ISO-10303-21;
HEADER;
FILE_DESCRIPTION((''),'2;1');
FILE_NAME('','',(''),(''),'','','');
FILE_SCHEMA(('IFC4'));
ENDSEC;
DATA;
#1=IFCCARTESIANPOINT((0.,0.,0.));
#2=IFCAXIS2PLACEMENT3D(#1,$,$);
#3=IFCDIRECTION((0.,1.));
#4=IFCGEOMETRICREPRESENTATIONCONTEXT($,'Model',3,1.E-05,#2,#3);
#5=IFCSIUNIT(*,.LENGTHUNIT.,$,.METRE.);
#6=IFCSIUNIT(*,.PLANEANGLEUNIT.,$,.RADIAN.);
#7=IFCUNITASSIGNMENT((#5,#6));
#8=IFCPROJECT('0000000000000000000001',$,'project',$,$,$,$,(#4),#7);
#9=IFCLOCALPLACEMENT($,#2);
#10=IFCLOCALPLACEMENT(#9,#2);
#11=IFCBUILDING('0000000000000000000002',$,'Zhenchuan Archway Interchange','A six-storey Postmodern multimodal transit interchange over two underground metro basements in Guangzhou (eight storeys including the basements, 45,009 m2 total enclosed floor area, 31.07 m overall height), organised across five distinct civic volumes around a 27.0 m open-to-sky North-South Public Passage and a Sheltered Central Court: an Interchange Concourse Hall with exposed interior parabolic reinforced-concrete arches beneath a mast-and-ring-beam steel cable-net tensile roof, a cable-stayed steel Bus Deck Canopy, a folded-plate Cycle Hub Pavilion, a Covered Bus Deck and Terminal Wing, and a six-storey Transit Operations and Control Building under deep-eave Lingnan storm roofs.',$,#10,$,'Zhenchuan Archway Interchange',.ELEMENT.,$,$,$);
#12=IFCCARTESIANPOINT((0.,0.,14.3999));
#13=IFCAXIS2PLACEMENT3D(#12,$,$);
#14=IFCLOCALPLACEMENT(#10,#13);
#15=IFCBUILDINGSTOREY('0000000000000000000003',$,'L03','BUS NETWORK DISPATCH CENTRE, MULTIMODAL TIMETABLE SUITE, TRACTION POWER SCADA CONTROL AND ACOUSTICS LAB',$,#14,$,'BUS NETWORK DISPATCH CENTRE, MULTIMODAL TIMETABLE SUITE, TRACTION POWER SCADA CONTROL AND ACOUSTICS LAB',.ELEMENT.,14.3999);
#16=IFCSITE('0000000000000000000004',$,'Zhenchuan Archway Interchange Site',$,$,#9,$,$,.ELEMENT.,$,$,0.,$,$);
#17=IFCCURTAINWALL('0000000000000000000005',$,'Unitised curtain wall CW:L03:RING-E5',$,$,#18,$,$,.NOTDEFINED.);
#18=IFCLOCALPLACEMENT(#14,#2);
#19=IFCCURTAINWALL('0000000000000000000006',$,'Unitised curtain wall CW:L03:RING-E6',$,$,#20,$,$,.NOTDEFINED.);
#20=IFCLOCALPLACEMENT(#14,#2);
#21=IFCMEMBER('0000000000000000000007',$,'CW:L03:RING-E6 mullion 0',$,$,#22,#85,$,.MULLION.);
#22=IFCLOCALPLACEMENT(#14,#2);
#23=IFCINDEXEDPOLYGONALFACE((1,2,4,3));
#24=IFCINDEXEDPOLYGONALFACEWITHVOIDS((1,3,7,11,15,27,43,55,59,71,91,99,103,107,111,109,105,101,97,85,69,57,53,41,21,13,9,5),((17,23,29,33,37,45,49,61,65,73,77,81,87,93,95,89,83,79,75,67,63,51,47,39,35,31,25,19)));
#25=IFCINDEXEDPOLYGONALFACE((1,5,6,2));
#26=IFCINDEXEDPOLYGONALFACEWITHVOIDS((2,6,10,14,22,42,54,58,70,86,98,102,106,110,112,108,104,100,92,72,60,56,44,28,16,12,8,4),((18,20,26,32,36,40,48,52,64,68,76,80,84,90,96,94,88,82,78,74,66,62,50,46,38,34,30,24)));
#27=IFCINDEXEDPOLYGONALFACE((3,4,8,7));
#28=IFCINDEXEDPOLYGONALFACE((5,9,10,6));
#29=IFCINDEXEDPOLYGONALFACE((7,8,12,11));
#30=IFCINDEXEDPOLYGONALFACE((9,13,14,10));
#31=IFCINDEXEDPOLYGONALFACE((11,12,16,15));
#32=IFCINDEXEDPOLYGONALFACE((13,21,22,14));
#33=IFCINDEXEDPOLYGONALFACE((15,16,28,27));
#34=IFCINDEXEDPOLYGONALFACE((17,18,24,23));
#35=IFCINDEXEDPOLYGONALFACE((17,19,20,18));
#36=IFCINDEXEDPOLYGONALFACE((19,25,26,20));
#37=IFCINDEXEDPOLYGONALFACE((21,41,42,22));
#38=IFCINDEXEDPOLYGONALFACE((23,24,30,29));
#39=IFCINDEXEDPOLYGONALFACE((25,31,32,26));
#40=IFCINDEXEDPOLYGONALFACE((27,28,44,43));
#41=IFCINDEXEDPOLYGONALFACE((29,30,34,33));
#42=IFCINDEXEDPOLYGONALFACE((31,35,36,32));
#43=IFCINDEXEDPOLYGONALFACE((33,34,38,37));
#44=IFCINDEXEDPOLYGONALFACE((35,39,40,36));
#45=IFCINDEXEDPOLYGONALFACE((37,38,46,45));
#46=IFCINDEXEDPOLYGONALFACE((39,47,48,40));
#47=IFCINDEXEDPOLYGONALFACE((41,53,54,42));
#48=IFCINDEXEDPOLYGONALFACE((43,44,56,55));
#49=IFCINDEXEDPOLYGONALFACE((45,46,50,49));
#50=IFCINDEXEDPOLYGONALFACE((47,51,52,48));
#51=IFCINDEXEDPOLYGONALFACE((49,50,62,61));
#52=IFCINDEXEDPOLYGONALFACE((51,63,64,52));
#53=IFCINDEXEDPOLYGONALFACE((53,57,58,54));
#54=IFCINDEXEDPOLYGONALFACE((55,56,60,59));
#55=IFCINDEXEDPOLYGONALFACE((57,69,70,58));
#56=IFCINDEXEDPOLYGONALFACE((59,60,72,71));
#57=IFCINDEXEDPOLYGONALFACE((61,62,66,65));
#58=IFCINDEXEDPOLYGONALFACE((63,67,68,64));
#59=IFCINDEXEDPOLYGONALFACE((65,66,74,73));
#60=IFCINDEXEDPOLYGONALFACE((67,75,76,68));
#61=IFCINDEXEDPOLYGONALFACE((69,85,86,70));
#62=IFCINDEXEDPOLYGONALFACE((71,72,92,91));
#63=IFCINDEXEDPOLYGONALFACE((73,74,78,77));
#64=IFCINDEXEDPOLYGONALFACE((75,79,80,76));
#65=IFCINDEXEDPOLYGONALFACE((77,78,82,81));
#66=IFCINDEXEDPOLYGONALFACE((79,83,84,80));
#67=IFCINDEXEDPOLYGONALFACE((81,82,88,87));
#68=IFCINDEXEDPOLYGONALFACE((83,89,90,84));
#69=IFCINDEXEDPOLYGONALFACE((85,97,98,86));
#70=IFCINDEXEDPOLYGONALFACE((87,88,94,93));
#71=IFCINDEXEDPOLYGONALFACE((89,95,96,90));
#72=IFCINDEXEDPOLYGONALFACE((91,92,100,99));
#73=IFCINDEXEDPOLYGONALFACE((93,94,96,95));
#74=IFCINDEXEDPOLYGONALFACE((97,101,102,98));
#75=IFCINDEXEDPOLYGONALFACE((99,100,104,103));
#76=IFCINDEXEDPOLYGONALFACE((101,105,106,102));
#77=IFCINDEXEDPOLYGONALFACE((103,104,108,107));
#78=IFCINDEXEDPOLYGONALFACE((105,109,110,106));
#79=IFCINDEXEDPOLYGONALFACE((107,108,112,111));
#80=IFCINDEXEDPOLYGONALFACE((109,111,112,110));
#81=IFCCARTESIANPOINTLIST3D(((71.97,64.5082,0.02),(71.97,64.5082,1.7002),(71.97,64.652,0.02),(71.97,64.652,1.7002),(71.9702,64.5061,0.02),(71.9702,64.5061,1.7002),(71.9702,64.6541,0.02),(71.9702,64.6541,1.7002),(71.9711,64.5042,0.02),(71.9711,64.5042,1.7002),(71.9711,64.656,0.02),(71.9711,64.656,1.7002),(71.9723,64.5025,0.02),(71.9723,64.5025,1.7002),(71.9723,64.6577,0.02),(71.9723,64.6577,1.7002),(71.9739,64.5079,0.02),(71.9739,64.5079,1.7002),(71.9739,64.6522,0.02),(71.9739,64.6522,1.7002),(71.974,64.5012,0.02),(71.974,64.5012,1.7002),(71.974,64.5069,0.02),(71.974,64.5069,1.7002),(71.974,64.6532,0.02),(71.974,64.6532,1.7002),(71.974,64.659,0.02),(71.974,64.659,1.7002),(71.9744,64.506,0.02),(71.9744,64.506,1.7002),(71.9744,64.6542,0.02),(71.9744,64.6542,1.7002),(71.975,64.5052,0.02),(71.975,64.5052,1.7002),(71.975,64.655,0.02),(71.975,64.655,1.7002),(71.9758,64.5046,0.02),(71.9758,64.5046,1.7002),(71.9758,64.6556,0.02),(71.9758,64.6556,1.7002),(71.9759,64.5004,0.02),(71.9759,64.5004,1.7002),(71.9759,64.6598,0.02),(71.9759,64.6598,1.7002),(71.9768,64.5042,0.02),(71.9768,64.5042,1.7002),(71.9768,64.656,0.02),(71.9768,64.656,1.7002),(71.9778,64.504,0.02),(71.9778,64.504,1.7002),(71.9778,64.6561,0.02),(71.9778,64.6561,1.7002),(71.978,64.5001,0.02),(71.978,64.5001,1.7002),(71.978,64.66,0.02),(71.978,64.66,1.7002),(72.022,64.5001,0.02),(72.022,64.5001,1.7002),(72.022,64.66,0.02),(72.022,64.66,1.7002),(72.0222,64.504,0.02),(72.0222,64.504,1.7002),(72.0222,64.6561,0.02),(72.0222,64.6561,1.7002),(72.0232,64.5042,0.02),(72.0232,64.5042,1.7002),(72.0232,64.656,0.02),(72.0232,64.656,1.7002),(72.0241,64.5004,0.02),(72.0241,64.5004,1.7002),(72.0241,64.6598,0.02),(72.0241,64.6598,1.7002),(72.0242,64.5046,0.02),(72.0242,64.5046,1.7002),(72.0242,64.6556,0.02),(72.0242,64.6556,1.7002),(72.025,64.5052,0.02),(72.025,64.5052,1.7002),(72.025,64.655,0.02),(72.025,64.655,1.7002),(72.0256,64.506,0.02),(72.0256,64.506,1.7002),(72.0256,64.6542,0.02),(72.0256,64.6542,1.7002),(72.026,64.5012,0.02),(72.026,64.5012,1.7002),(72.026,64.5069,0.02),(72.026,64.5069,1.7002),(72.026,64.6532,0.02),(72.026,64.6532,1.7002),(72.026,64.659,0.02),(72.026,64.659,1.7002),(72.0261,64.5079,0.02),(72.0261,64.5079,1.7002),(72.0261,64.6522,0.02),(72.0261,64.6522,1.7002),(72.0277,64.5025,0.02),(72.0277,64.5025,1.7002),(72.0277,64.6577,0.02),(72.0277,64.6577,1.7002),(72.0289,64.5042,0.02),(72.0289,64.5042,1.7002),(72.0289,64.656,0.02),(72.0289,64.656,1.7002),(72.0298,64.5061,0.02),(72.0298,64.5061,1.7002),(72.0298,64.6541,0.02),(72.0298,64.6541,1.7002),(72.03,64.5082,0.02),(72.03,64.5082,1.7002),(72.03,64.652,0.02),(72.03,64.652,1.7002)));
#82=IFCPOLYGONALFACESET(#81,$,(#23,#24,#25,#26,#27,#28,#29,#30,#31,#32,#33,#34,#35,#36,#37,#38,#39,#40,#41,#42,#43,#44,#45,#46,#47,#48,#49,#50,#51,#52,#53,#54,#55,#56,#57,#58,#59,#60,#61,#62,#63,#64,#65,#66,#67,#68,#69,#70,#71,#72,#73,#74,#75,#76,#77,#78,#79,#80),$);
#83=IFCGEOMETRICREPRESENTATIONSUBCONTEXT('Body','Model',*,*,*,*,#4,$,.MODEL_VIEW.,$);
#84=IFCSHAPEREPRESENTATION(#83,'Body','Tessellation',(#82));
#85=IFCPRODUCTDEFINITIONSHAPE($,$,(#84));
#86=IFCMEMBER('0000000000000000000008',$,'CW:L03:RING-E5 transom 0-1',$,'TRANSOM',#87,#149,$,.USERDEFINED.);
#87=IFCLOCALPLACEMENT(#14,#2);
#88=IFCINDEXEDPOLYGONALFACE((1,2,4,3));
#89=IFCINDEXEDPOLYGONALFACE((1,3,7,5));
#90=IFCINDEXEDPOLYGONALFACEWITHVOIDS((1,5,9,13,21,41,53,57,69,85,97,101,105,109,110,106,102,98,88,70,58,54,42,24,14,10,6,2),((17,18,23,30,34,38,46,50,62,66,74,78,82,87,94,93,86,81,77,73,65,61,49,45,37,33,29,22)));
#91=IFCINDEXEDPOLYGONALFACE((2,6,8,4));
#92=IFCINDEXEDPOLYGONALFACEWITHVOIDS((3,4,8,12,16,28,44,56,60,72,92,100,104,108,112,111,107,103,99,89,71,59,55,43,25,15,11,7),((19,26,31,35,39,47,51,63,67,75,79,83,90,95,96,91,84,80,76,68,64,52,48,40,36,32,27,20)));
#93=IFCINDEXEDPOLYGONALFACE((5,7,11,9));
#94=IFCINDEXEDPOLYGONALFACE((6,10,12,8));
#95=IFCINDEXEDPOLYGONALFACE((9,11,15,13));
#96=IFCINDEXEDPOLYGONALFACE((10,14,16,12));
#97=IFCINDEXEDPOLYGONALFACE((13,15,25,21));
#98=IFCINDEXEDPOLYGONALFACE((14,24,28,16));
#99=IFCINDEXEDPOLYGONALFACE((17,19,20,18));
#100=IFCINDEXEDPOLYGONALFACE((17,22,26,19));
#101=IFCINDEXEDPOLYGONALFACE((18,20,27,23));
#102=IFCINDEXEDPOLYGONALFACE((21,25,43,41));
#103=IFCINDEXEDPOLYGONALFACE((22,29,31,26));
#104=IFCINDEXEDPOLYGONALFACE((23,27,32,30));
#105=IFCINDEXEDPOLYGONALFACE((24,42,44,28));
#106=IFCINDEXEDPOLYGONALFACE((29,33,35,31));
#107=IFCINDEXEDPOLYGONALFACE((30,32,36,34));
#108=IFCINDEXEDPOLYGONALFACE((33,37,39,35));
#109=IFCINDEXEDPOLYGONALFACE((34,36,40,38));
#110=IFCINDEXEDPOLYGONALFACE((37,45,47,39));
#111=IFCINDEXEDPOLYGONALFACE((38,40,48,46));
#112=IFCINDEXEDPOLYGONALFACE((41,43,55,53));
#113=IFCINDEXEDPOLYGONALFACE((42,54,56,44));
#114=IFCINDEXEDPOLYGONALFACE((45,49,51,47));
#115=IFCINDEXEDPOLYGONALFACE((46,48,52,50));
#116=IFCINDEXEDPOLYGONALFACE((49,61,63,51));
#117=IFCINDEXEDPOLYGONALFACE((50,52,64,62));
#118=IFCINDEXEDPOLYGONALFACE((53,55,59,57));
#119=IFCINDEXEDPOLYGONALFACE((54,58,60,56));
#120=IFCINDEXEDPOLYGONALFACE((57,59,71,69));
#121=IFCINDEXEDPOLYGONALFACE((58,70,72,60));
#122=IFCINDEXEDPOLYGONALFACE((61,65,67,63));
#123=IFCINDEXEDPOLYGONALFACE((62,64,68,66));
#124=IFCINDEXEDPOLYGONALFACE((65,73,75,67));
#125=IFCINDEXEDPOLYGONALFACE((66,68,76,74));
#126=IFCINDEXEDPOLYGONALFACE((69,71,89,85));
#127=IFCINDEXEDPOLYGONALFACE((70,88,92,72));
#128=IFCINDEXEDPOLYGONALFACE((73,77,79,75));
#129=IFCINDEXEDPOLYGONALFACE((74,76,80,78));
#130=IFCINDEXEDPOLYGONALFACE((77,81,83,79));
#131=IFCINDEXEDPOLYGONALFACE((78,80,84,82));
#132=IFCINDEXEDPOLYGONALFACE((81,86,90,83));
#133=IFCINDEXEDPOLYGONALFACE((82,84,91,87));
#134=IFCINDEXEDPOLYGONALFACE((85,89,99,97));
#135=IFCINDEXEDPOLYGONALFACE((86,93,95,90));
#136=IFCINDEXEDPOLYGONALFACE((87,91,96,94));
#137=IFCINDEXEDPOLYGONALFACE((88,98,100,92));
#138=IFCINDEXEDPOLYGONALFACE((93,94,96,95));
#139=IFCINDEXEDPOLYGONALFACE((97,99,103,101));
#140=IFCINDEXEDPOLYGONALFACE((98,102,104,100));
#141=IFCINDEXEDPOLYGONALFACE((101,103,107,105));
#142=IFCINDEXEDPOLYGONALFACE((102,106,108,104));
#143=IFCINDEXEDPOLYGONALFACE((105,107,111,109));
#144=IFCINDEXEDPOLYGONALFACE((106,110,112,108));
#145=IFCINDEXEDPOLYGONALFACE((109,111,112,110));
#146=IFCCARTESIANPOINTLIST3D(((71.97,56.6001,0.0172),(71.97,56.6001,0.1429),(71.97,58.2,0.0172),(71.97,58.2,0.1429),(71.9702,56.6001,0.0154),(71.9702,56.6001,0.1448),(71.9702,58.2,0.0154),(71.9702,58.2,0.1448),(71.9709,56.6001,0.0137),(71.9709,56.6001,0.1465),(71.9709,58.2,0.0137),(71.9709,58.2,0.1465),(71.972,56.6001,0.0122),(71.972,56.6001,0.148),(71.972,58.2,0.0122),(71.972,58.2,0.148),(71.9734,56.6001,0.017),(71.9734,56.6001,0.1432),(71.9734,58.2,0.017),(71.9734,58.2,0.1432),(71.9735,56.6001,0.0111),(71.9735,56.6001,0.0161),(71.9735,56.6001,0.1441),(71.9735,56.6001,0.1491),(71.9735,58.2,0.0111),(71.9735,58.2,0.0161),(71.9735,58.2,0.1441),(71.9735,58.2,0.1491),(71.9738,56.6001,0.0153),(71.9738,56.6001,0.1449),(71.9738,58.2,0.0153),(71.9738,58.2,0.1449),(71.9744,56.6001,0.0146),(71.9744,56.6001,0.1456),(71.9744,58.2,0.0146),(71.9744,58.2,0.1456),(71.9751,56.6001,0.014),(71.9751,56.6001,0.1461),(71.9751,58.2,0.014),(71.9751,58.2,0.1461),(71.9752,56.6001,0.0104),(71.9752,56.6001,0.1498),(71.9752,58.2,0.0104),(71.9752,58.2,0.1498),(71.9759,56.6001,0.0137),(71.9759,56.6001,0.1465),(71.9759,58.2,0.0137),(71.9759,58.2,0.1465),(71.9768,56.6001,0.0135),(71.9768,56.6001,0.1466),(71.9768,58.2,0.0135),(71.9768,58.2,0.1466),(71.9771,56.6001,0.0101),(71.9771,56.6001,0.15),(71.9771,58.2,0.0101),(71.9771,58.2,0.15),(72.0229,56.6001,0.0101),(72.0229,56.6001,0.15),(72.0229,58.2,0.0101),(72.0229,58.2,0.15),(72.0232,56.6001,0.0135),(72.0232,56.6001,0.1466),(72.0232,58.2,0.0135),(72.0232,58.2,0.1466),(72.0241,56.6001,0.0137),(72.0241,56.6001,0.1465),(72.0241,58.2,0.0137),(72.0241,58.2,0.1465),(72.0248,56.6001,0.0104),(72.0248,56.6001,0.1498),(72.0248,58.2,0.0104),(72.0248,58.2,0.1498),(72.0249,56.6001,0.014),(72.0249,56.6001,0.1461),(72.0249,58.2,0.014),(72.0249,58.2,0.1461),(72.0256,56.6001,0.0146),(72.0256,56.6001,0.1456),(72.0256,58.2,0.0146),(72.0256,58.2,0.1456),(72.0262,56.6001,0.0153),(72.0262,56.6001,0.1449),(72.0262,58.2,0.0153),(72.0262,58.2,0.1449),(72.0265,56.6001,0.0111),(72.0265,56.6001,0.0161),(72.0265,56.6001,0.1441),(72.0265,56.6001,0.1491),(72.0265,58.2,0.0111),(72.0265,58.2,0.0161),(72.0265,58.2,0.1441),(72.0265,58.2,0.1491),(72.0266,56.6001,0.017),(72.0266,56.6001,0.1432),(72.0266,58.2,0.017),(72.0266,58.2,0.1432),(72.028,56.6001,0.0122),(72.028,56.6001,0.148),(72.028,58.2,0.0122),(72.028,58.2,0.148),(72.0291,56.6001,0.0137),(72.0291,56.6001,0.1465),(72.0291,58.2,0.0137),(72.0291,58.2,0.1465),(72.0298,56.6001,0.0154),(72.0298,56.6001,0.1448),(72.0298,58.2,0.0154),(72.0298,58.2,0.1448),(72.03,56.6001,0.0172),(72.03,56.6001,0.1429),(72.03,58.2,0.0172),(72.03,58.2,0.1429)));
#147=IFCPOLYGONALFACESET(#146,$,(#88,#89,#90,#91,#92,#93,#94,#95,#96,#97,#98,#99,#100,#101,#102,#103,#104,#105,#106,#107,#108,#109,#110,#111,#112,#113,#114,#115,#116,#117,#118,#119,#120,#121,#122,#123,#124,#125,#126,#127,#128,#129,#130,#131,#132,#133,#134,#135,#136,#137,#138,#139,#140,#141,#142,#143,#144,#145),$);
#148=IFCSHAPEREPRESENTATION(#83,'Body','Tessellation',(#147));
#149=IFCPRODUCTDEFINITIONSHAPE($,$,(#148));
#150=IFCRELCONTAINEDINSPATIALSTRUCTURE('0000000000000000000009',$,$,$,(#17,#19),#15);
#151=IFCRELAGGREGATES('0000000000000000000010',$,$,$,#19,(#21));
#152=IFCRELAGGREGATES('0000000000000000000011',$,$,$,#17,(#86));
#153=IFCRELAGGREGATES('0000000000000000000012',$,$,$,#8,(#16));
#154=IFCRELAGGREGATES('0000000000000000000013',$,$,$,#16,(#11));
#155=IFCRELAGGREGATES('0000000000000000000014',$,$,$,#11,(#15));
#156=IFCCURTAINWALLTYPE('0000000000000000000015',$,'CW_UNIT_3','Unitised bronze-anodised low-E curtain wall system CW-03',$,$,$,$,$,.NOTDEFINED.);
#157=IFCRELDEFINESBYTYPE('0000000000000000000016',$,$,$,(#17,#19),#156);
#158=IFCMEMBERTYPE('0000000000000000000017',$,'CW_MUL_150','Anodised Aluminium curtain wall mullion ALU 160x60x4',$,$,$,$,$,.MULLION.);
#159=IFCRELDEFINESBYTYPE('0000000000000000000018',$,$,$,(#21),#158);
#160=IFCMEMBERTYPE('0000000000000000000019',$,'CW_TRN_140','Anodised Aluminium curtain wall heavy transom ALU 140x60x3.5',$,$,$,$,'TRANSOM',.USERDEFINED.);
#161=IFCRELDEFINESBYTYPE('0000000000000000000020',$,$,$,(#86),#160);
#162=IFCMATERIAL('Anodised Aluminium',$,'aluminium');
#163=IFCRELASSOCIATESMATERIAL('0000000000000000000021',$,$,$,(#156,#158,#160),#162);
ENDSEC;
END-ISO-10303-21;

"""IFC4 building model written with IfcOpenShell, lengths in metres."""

from ifc_helpers import new_model, si_unit, direction, frame, origin, origin_2d, place, context, subcontext, project, spatial, hollow_rectangle, extrude, material, material_profile, profile_set, type_object, element, aggregate, save


model = new_model("IFC4")

# Units and contexts
model_context = context("Model", 3, precision=1e-05, world=origin(), true_north=direction((0.0, 1.0)))
body_context = subcontext(model_context, "Body", "Model", "MODEL_VIEW")
ifc_project = project(units=[si_unit("LENGTHUNIT", "METRE"), si_unit("PLANEANGLEUNIT", "RADIAN")], contexts=[model_context])

# Site, building, storey
site_placement = place(None, origin())
site = spatial("IfcSite", under=ifc_project, at=site_placement, Name="Zhenchuan Archway Interchange Site", CompositionType="ELEMENT", RefElevation=0.0)
building_placement = place(site_placement, origin())
building = spatial("IfcBuilding", under=site, at=building_placement, Name="Zhenchuan Archway Interchange", Description="A six-storey Postmodern multimodal transit interchange over two underground metro basements in Guangzhou (eight storeys including the basements, 45,009 m2 total enclosed floor area, 31.07 m overall height), organised across five distinct civic volumes around a 27.0 m open-to-sky North-South Public Passage and a Sheltered Central Court: an Interchange Concourse Hall with exposed interior parabolic reinforced-concrete arches beneath a mast-and-ring-beam steel cable-net tensile roof, a cable-stayed steel Bus Deck Canopy, a folded-plate Cycle Hub Pavilion, a Covered Bus Deck and Terminal Wing, and a six-storey Transit Operations and Control Building under deep-eave Lingnan storm roofs.", LongName="Zhenchuan Archway Interchange", CompositionType="ELEMENT")
storey_placement = place(building_placement, frame((0.0, 0.0, 14.3999)))
storey = spatial("IfcBuildingStorey", under=building, at=storey_placement, Name="L03", Description="BUS NETWORK DISPATCH CENTRE, MULTIMODAL TIMETABLE SUITE, TRACTION POWER SCADA CONTROL AND ACOUSTICS LAB", LongName="BUS NETWORK DISPATCH CENTRE, MULTIMODAL TIMETABLE SUITE, TRACTION POWER SCADA CONTROL AND ACOUSTICS LAB", CompositionType="ELEMENT", Elevation=14.3999)

# Curtain wall
ifc_material_1 = material(Name="Anodised Aluminium", Category="aluminium")
curtain_wall_type = type_object("IfcCurtainWallType", Name="CW_UNIT_3", Description="Unitised bronze-anodised low-E curtain wall system CW-03", PredefinedType="NOTDEFINED", material=ifc_material_1)
curtain_wall_1_placement = place(storey_placement, origin())
curtain_wall_1 = element("IfcCurtainWall", 1, at=curtain_wall_1_placement, inside=storey, type_object=curtain_wall_type, Name="Unitised curtain wall CW:L03:RING-E5", PredefinedType="NOTDEFINED")
ifc_material_profile_1 = material_profile(ifc_material_1, hollow_rectangle(XDim=0.0601, YDim=0.1599, WallThickness=0.0039, InnerFilletRadius=0.0039, OuterFilletRadius=0.0081, at=origin_2d()), Name="ALU 160x60x4")
ifc_profile_set_1 = profile_set([ifc_material_profile_1], Name="Anodised Aluminium")
member_type_1 = type_object("IfcMemberType", Name="CW_MUL_150", Description="Anodised Aluminium curtain wall mullion ALU 160x60x4", PredefinedType="MULLION", material=ifc_profile_set_1)

# Curtain wall, member
curtain_wall_2_placement = place(storey_placement, origin())
curtain_wall_2 = element("IfcCurtainWall", 2, at=curtain_wall_2_placement, inside=storey, type_object=curtain_wall_type, Name="Unitised curtain wall CW:L03:RING-E6", PredefinedType="NOTDEFINED")
member_1_placement = place(storey_placement, frame((72.0, 64.5801, 0.02), z_axis=(0.0, 0.0, 1.0), x_axis=(1.0, 0.0, 0.0)))
member_1 = element("IfcMember", 3, at=member_1_placement, type_object=member_type_1, Name="CW:L03:RING-E6 mullion 0", PredefinedType="MULLION", context=body_context, shape_type="SweptSolid", body=[
    extrude(hollow_rectangle(XDim=0.0601, YDim=0.1599, WallThickness=0.0039, InnerFilletRadius=0.0039, OuterFilletRadius=0.0081, at=origin_2d()), origin(), (0.0, 0.0, 1.0), 1.6802),
])

# Member
ifc_material_profile_2 = material_profile(ifc_material_1, hollow_rectangle(XDim=0.0601, YDim=0.1399, WallThickness=0.0034, InnerFilletRadius=0.0034, OuterFilletRadius=0.0071, at=origin_2d()), Name="ALU 140x60x3.5")
ifc_profile_set_2 = profile_set([ifc_material_profile_2], Name="Anodised Aluminium")
member_type_2 = type_object("IfcMemberType", Name="CW_TRN_140", Description="Anodised Aluminium curtain wall heavy transom ALU 140x60x3.5", ElementType="TRANSOM", PredefinedType="USERDEFINED", material=ifc_profile_set_2)
member_2_placement = place(storey_placement, frame((72.0, 56.6001, 0.0801), z_axis=(0.0, 1.0, 0.0), x_axis=(-1.0, 0.0, 0.0)))
member_2 = element("IfcMember", 4, at=member_2_placement, type_object=member_type_2, Name="CW:L03:RING-E5 transom 0-1", ObjectType="TRANSOM", PredefinedType="USERDEFINED", context=body_context, shape_type="SweptSolid", body=[
    extrude(hollow_rectangle(XDim=0.0601, YDim=0.1399, WallThickness=0.0034, InnerFilletRadius=0.0034, OuterFilletRadius=0.0071, at=origin_2d()), origin(), (0.0, 0.0, 1.0), 1.5999),
])
aggregate(curtain_wall_2, [member_1])

aggregate(curtain_wall_1, [member_2])

save(model, "model.ifc")
